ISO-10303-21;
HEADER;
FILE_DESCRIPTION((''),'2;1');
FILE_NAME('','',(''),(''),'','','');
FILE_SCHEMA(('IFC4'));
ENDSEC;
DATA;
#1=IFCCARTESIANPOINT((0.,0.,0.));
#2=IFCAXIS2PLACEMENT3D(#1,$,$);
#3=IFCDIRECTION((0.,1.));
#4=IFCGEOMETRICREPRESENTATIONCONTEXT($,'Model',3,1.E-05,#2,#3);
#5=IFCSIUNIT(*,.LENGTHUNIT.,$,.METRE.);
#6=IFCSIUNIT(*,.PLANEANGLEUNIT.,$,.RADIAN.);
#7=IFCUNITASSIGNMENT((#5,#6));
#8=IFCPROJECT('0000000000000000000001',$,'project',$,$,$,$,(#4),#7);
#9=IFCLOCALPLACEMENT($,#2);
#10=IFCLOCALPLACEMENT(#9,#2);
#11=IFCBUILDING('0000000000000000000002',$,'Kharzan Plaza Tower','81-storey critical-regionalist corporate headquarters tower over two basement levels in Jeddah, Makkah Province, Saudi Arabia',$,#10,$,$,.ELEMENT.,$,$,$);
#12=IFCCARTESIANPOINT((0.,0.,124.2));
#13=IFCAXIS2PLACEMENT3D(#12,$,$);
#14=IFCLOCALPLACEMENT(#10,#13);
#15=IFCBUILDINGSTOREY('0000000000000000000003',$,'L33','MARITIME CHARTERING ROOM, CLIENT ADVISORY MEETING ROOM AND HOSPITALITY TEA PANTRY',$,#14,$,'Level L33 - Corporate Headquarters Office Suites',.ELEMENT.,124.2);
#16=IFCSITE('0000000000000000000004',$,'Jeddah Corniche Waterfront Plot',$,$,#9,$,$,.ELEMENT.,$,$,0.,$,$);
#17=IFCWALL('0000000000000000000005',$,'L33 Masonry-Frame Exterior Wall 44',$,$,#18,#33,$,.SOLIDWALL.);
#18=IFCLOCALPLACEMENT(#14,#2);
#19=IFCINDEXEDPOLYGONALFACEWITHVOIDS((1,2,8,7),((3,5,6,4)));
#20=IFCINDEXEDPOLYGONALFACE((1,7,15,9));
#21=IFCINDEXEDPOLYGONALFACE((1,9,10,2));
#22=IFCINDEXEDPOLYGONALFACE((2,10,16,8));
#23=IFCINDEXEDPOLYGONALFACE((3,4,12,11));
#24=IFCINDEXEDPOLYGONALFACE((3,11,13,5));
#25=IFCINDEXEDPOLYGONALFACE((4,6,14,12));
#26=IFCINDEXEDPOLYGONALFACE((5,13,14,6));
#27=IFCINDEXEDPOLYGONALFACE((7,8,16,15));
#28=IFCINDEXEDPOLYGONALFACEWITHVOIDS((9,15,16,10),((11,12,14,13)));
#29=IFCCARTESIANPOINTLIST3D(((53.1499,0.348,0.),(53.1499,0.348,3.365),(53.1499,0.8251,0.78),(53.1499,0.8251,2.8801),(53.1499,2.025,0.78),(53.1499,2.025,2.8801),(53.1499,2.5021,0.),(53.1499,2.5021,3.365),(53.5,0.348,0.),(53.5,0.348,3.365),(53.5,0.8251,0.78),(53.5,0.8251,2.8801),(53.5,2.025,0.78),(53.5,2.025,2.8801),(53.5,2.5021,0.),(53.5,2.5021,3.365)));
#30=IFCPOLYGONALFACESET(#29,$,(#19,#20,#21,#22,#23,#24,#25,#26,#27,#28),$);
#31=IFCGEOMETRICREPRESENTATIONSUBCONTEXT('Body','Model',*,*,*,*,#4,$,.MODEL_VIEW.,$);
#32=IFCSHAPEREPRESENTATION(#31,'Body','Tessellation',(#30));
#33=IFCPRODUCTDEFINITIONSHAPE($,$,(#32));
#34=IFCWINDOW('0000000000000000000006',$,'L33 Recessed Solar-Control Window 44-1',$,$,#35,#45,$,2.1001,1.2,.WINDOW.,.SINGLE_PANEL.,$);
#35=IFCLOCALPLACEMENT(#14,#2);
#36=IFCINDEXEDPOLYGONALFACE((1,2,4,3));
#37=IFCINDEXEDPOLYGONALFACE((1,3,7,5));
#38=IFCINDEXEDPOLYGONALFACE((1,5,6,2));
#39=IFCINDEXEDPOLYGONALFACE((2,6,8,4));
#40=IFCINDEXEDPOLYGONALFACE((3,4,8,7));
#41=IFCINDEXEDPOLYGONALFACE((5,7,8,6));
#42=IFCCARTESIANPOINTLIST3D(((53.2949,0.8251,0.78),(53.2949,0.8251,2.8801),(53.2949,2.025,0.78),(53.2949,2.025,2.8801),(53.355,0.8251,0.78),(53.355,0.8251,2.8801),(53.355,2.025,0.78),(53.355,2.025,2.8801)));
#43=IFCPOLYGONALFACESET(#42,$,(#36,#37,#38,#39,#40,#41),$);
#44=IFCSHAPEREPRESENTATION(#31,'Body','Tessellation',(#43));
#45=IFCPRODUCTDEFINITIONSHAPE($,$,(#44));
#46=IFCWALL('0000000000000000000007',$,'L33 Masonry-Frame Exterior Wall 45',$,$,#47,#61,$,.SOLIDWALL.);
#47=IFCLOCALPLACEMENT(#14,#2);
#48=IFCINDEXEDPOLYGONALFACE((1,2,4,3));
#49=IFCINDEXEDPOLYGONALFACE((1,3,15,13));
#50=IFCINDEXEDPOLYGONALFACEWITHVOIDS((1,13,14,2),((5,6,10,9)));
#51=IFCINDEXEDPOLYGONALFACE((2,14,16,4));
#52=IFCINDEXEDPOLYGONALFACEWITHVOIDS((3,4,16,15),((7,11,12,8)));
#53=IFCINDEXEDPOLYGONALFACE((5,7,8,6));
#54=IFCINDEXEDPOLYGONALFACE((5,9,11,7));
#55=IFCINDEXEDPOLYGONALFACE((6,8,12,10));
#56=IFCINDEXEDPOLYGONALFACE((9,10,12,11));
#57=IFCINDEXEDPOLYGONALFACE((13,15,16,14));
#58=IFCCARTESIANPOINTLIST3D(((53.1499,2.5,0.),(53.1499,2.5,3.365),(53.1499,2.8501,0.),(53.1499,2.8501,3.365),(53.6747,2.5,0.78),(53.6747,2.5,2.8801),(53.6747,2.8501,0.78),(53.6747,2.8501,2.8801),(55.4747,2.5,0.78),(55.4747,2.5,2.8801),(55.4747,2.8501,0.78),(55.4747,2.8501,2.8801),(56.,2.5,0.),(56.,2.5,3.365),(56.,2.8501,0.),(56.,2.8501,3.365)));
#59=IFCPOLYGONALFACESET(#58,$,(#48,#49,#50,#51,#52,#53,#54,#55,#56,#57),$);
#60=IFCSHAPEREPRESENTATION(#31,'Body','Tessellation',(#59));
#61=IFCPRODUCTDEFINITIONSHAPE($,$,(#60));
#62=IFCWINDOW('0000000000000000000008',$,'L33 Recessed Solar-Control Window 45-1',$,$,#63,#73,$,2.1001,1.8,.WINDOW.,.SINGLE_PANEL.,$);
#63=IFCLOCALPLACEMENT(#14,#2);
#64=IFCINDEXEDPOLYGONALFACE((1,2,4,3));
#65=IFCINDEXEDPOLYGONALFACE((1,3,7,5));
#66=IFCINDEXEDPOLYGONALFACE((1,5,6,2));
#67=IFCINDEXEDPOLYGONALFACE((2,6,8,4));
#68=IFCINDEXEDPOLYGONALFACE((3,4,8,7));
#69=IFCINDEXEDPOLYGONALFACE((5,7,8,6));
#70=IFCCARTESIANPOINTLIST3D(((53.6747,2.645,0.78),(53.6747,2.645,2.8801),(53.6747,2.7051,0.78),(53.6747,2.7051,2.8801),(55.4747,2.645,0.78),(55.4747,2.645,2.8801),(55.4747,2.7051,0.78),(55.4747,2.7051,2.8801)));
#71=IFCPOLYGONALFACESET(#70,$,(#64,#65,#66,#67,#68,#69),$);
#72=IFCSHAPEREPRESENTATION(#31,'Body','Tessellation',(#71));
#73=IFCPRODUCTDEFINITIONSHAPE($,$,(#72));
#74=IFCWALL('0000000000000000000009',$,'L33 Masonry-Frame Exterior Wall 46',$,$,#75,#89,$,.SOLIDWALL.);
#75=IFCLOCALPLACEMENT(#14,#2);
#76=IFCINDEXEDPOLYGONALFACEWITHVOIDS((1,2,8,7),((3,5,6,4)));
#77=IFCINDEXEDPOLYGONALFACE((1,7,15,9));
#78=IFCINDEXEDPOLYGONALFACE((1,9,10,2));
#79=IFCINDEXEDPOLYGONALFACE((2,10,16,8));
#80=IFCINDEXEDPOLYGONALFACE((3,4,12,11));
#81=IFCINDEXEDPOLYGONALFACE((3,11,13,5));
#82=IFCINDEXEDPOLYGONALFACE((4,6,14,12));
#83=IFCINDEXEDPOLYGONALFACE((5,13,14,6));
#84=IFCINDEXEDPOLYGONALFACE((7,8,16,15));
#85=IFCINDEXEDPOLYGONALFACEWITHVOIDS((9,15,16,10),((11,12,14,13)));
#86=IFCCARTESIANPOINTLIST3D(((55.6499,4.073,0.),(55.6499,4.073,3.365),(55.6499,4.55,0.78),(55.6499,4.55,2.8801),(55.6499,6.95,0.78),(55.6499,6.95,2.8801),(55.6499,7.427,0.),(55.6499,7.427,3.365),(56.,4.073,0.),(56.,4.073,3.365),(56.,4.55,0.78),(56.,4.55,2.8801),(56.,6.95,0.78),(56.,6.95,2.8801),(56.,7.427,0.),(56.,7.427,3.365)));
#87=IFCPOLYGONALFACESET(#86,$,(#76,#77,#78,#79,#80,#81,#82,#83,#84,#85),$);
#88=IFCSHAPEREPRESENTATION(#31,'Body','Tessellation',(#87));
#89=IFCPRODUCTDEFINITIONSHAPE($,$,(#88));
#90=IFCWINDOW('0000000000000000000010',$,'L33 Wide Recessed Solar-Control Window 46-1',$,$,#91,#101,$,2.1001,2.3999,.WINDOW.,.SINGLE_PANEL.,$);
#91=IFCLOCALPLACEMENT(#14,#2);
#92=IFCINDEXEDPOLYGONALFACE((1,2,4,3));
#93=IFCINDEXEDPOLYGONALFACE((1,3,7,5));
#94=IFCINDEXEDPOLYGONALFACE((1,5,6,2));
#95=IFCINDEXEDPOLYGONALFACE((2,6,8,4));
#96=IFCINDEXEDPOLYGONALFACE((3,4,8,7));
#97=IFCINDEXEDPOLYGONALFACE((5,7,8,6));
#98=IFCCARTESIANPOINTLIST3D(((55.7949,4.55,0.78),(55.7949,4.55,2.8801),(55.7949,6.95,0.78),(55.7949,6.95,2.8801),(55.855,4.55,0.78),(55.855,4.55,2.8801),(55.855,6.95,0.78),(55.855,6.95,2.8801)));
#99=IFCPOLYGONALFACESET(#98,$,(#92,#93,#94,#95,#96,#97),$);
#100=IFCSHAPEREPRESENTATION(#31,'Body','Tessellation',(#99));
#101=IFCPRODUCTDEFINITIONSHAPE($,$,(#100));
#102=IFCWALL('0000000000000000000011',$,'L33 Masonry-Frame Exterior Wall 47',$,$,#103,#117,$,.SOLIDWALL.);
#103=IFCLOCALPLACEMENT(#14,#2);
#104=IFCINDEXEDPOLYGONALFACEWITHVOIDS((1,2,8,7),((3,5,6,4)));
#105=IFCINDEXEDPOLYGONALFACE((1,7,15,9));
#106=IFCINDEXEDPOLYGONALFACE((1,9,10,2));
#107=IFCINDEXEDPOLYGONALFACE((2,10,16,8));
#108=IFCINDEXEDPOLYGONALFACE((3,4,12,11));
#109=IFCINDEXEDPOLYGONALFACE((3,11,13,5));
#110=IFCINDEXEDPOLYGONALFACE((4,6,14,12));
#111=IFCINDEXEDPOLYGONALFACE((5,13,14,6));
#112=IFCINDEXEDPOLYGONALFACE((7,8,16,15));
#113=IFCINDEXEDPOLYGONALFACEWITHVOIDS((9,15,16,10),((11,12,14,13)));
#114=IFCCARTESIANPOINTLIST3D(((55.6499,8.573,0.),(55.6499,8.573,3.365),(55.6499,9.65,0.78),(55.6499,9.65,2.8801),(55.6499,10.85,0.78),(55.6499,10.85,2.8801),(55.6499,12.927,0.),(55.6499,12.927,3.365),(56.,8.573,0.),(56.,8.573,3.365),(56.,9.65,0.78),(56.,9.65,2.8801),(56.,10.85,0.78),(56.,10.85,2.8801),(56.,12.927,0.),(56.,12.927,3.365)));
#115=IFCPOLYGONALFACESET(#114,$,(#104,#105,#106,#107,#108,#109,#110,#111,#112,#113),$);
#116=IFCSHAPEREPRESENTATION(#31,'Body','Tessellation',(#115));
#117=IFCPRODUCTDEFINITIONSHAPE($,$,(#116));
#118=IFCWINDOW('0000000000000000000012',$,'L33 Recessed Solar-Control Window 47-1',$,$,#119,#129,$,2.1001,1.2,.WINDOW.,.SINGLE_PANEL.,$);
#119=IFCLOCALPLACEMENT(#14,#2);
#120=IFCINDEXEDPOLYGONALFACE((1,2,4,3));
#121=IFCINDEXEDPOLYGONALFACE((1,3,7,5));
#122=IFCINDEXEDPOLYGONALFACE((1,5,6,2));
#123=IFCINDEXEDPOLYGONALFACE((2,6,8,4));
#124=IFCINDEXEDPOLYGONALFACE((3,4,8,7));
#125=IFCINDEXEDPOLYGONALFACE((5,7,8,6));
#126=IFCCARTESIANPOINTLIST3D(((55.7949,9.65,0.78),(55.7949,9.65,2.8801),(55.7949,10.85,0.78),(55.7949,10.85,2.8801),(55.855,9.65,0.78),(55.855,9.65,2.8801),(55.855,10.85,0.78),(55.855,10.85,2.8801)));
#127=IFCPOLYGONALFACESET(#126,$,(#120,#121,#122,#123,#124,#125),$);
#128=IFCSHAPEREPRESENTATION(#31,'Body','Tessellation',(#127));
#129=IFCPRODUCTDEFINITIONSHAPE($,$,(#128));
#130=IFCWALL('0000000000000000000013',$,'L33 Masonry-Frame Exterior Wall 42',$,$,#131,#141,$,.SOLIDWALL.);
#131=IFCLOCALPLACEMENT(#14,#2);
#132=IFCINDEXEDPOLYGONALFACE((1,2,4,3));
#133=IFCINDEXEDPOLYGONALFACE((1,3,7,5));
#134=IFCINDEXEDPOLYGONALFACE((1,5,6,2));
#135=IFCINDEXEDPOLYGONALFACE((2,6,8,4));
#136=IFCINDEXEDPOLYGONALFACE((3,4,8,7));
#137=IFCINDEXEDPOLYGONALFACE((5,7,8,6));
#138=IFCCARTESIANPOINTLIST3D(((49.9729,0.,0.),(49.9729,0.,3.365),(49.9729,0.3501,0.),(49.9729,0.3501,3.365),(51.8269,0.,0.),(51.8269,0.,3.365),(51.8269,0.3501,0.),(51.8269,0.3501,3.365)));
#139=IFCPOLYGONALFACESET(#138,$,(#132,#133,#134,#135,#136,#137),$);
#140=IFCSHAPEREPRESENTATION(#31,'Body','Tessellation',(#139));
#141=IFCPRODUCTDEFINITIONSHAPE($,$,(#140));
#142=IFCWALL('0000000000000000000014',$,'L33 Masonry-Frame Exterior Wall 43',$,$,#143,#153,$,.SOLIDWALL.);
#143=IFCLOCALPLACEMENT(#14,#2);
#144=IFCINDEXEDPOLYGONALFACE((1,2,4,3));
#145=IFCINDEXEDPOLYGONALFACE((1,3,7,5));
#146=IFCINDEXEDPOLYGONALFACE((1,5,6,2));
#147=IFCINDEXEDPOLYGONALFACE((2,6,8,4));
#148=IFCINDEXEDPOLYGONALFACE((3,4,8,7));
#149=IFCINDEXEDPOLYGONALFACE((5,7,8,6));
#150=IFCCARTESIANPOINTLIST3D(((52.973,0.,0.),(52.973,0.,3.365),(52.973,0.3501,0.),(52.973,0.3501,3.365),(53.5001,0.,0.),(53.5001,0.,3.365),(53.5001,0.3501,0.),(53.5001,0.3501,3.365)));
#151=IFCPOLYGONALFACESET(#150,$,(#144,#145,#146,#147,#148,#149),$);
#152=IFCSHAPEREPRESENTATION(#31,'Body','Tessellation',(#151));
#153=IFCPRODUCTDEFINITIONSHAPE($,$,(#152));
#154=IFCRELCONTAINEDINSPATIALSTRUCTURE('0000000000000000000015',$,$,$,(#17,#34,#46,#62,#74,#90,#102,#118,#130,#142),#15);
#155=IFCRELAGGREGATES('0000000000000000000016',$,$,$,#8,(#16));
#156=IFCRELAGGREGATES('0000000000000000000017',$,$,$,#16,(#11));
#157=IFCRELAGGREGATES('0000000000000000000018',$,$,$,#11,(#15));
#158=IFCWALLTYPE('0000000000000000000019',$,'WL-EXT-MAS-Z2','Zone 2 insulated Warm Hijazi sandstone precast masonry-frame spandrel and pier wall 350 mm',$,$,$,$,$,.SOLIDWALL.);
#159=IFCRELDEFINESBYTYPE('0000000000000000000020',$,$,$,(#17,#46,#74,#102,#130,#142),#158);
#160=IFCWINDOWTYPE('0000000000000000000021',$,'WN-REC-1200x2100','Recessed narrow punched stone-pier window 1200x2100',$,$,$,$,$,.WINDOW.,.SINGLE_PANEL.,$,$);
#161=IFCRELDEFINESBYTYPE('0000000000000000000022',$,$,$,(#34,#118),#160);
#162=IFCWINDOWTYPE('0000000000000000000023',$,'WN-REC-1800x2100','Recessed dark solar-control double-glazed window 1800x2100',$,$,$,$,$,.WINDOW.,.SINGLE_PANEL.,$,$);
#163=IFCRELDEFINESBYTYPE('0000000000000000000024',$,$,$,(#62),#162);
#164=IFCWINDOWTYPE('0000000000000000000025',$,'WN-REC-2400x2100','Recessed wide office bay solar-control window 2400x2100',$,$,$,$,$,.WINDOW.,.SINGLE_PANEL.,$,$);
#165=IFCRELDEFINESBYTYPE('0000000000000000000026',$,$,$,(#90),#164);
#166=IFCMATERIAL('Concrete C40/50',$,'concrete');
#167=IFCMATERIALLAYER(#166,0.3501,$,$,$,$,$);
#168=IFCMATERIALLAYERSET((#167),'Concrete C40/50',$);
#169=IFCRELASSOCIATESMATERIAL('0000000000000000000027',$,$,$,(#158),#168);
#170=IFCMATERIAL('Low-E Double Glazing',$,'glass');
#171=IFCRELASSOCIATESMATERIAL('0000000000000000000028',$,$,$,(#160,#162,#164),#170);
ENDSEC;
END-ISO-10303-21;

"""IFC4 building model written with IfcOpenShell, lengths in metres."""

from ifc_helpers import new_model, si_unit, direction, frame, frame_2d, origin, place, context, subcontext, project, spatial, rectangle, extrude, source, transform, mapped, material, layer, layer_set, type_object, element, fill, save


model = new_model("IFC4")

# Units and contexts
model_context = context("Model", 3, precision=1e-05, world=origin(), true_north=direction((0.0, 1.0)))
body_context = subcontext(model_context, "Body", "Model", "MODEL_VIEW")
ifc_project = project(units=[si_unit("LENGTHUNIT", "METRE"), si_unit("PLANEANGLEUNIT", "RADIAN")], contexts=[model_context])

# Site, building, storey
site_placement = place(None, origin())
site = spatial("IfcSite", under=ifc_project, at=site_placement, Name="Jeddah Corniche Waterfront Plot", CompositionType="ELEMENT", RefElevation=0.0)
building_placement = place(site_placement, origin())
building = spatial("IfcBuilding", under=site, at=building_placement, Name="Kharzan Plaza Tower", Description="81-storey critical-regionalist corporate headquarters tower over two basement levels in Jeddah, Makkah Province, Saudi Arabia", CompositionType="ELEMENT")
storey_placement = place(building_placement, frame((0.0, 0.0, 124.2)))
storey = spatial("IfcBuildingStorey", under=building, at=storey_placement, Name="L33", Description="MARITIME CHARTERING ROOM, CLIENT ADVISORY MEETING ROOM AND HOSPITALITY TEA PANTRY", LongName="Level L33 - Corporate Headquarters Office Suites", CompositionType="ELEMENT", Elevation=124.2)

# Walls, openings, windows
ifc_material_1 = material(Name="Concrete C40/50", Category="concrete")
ifc_layer = layer(ifc_material_1, 0.3501)
ifc_layer_set = layer_set([ifc_layer], Name="Concrete C40/50")
wall_type = type_object("IfcWallType", Name="WL-EXT-MAS-Z2", Description="Zone 2 insulated Warm Hijazi sandstone precast masonry-frame spandrel and pier wall 350 mm", PredefinedType="SOLIDWALL", material=ifc_layer_set)
wall_1_placement = place(storey_placement, frame((53.325, 0.3479, 0.0), z_axis=(0.0, 0.0, 1.0), x_axis=(0.0, 1.0, 0.0)))
wall_1 = element("IfcWall", 1, at=wall_1_placement, inside=storey, type_object=wall_type, Name="L33 Masonry-Frame Exterior Wall 44", PredefinedType="SOLIDWALL", context=body_context, shape_type="SweptSolid", body=[
    extrude(rectangle(XDim=2.1541, YDim=0.3501, at=frame_2d((1.0771, 0.0))), origin(), (0.0, 0.0, 1.0), 3.365),
])
opening_1_placement = place(wall_1_placement, frame((0.4771, 0.0, 0.78)))
opening_1 = element("IfcOpeningElement", 2, at=opening_1_placement, cuts=wall_1, PredefinedType="OPENING", context=body_context, shape_type="SweptSolid", body=[
    extrude(rectangle(XDim=1.2, YDim=2.1001, at=frame_2d((0.6001, 1.05))), frame((0.0, 0.1851, 0.0), z_axis=(0.0, -1.0, 0.0), x_axis=(1.0, 0.0, 0.0)), (0.0, 0.0, 1.0), 0.3701),
])
ifc_material_2 = material(Name="Low-E Double Glazing", Category="glass")
window_type_1 = type_object("IfcWindowType", Name="WN-REC-1200x2100", Description="Recessed narrow punched stone-pier window 1200x2100", PartitioningType="SINGLE_PANEL", PredefinedType="WINDOW", material=ifc_material_2)
shared_shape_1 = source(origin(), body_context, "Body", "SweptSolid", [
    extrude(rectangle(XDim=1.2, YDim=2.1001, at=frame_2d((0.6001, 1.05))), frame((0.0, 0.03, 0.0), z_axis=(0.0, -1.0, 0.0), x_axis=(1.0, 0.0, 0.0)), (0.0, 0.0, 1.0), 0.0601),
])
window_1_placement = place(opening_1_placement, origin())
window_1 = element("IfcWindow", 3, at=window_1_placement, inside=storey, type_object=window_type_1, Name="L33 Recessed Solar-Control Window 44-1", OverallHeight=2.1001, OverallWidth=1.2, PartitioningType="SINGLE_PANEL", PredefinedType="WINDOW", context=body_context, shape_type="MappedRepresentation", body=[
    mapped(shared_shape_1, transform((0.0, 0.0, 0.0), x_axis=(1.0, 0.0, 0.0), y_axis=(0.0, 1.0, 0.0), z_axis=(0.0, 0.0, 1.0))),
])
fill(opening_1, window_1)
wall_2_placement = place(storey_placement, frame((53.1499, 2.675, 0.0), z_axis=(0.0, 0.0, 1.0), x_axis=(1.0, 0.0, 0.0)))
wall_2 = element("IfcWall", 4, at=wall_2_placement, inside=storey, type_object=wall_type, Name="L33 Masonry-Frame Exterior Wall 45", PredefinedType="SOLIDWALL", context=body_context, shape_type="SweptSolid", body=[
    extrude(rectangle(XDim=2.8501, YDim=0.3501, at=frame_2d((1.425, 0.0))), origin(), (0.0, 0.0, 1.0), 3.365),
])
opening_2_placement = place(wall_2_placement, frame((0.5249, 0.0, 0.78)))
opening_2 = element("IfcOpeningElement", 5, at=opening_2_placement, cuts=wall_2, PredefinedType="OPENING", context=body_context, shape_type="SweptSolid", body=[
    extrude(rectangle(XDim=1.8, YDim=2.1001, at=frame_2d((0.8999, 1.05))), frame((0.0, 0.1851, 0.0), z_axis=(0.0, -1.0, 0.0), x_axis=(1.0, 0.0, 0.0)), (0.0, 0.0, 1.0), 0.3701),
])
window_type_2 = type_object("IfcWindowType", Name="WN-REC-1800x2100", Description="Recessed dark solar-control double-glazed window 1800x2100", PartitioningType="SINGLE_PANEL", PredefinedType="WINDOW", material=ifc_material_2)
shared_shape_2 = source(origin(), body_context, "Body", "SweptSolid", [
    extrude(rectangle(XDim=1.8, YDim=2.1001, at=frame_2d((0.8999, 1.05))), frame((0.0, 0.03, 0.0), z_axis=(0.0, -1.0, 0.0), x_axis=(1.0, 0.0, 0.0)), (0.0, 0.0, 1.0), 0.0601),
])
window_2_placement = place(opening_2_placement, origin())
window_2 = element("IfcWindow", 6, at=window_2_placement, inside=storey, type_object=window_type_2, Name="L33 Recessed Solar-Control Window 45-1", OverallHeight=2.1001, OverallWidth=1.8, PartitioningType="SINGLE_PANEL", PredefinedType="WINDOW", context=body_context, shape_type="MappedRepresentation", body=[
    mapped(shared_shape_2, transform((0.0, 0.0, 0.0), x_axis=(1.0, 0.0, 0.0), y_axis=(0.0, 1.0, 0.0), z_axis=(0.0, 0.0, 1.0))),
])
fill(opening_2, window_2)
wall_3_placement = place(storey_placement, frame((55.825, 4.073, 0.0), z_axis=(0.0, 0.0, 1.0), x_axis=(0.0, 1.0, 0.0)))
wall_3 = element("IfcWall", 7, at=wall_3_placement, inside=storey, type_object=wall_type, Name="L33 Masonry-Frame Exterior Wall 46", PredefinedType="SOLIDWALL", context=body_context, shape_type="SweptSolid", body=[
    extrude(rectangle(XDim=3.354, YDim=0.3501, at=frame_2d((1.677, 0.0))), origin(), (0.0, 0.0, 1.0), 3.365),
])
opening_3_placement = place(wall_3_placement, frame((0.4771, 0.0, 0.78)))
opening_3 = element("IfcOpeningElement", 8, at=opening_3_placement, cuts=wall_3, PredefinedType="OPENING", context=body_context, shape_type="SweptSolid", body=[
    extrude(rectangle(XDim=2.3999, YDim=2.1001, at=frame_2d((1.2, 1.05))), frame((0.0, 0.1851, 0.0), z_axis=(0.0, -1.0, 0.0), x_axis=(1.0, 0.0, 0.0)), (0.0, 0.0, 1.0), 0.3701),
])
window_type_3 = type_object("IfcWindowType", Name="WN-REC-2400x2100", Description="Recessed wide office bay solar-control window 2400x2100", PartitioningType="SINGLE_PANEL", PredefinedType="WINDOW", material=ifc_material_2)
shared_shape_3 = source(origin(), body_context, "Body", "SweptSolid", [
    extrude(rectangle(XDim=2.3999, YDim=2.1001, at=frame_2d((1.2, 1.05))), frame((0.0, 0.03, 0.0), z_axis=(0.0, -1.0, 0.0), x_axis=(1.0, 0.0, 0.0)), (0.0, 0.0, 1.0), 0.0601),
])
window_3_placement = place(opening_3_placement, origin())
window_3 = element("IfcWindow", 9, at=window_3_placement, inside=storey, type_object=window_type_3, Name="L33 Wide Recessed Solar-Control Window 46-1", OverallHeight=2.1001, OverallWidth=2.3999, PartitioningType="SINGLE_PANEL", PredefinedType="WINDOW", context=body_context, shape_type="MappedRepresentation", body=[
    mapped(shared_shape_3, transform((0.0, 0.0, 0.0), x_axis=(1.0, 0.0, 0.0), y_axis=(0.0, 1.0, 0.0), z_axis=(0.0, 0.0, 1.0))),
])
fill(opening_3, window_3)
wall_4_placement = place(storey_placement, frame((55.825, 8.573, 0.0), z_axis=(0.0, 0.0, 1.0), x_axis=(0.0, 1.0, 0.0)))
wall_4 = element("IfcWall", 10, at=wall_4_placement, inside=storey, type_object=wall_type, Name="L33 Masonry-Frame Exterior Wall 47", PredefinedType="SOLIDWALL", context=body_context, shape_type="SweptSolid", body=[
    extrude(rectangle(XDim=4.354, YDim=0.3501, at=frame_2d((2.177, 0.0))), origin(), (0.0, 0.0, 1.0), 3.365),
])
opening_4_placement = place(wall_4_placement, frame((1.0769, 0.0, 0.78)))
opening_4 = element("IfcOpeningElement", 11, at=opening_4_placement, cuts=wall_4, PredefinedType="OPENING", context=body_context, shape_type="SweptSolid", body=[
    extrude(rectangle(XDim=1.2, YDim=2.1001, at=frame_2d((0.6001, 1.05))), frame((0.0, 0.1851, 0.0), z_axis=(0.0, -1.0, 0.0), x_axis=(1.0, 0.0, 0.0)), (0.0, 0.0, 1.0), 0.3701),
])
window_4_placement = place(opening_4_placement, origin())
window_4 = element("IfcWindow", 12, at=window_4_placement, inside=storey, type_object=window_type_1, Name="L33 Recessed Solar-Control Window 47-1", OverallHeight=2.1001, OverallWidth=1.2, PartitioningType="SINGLE_PANEL", PredefinedType="WINDOW", context=body_context, shape_type="MappedRepresentation", body=[
    mapped(shared_shape_1, transform((0.0, 0.0, 0.0), x_axis=(1.0, 0.0, 0.0), y_axis=(0.0, 1.0, 0.0), z_axis=(0.0, 0.0, 1.0))),
])
fill(opening_4, window_4)

# Walls
shared_shape_4 = source(origin(), body_context, "Body", "SweptSolid", [
    extrude(rectangle(XDim=1.854, YDim=0.3501, at=frame_2d((0.927, 0.0))), origin(), (0.0, 0.0, 1.0), 3.365),
])
wall_5_placement = place(storey_placement, frame((49.9729, 0.175, 0.0), z_axis=(0.0, 0.0, 1.0), x_axis=(1.0, 0.0, 0.0)))
element("IfcWall", 13, at=wall_5_placement, inside=storey, type_object=wall_type, Name="L33 Masonry-Frame Exterior Wall 42", PredefinedType="SOLIDWALL", context=body_context, shape_type="MappedRepresentation", body=[
    mapped(shared_shape_4, transform((0.0, 0.0, 0.0), x_axis=(1.0, 0.0, 0.0), y_axis=(0.0, 1.0, 0.0), z_axis=(0.0, 0.0, 1.0))),
])
shared_shape_5 = source(origin(), body_context, "Body", "SweptSolid", [
    extrude(rectangle(XDim=0.5271, YDim=0.3501, at=frame_2d((0.2637, 0.0))), origin(), (0.0, 0.0, 1.0), 3.365),
])
wall_6_placement = place(storey_placement, frame((52.9729, 0.175, 0.0), z_axis=(0.0, 0.0, 1.0), x_axis=(1.0, 0.0, 0.0)))
element("IfcWall", 14, at=wall_6_placement, inside=storey, type_object=wall_type, Name="L33 Masonry-Frame Exterior Wall 43", PredefinedType="SOLIDWALL", context=body_context, shape_type="MappedRepresentation", body=[
    mapped(shared_shape_5, transform((0.0, 0.0, 0.0), x_axis=(1.0, 0.0, 0.0), y_axis=(0.0, 1.0, 0.0), z_axis=(0.0, 0.0, 1.0))),
])

save(model, "model.ifc")
